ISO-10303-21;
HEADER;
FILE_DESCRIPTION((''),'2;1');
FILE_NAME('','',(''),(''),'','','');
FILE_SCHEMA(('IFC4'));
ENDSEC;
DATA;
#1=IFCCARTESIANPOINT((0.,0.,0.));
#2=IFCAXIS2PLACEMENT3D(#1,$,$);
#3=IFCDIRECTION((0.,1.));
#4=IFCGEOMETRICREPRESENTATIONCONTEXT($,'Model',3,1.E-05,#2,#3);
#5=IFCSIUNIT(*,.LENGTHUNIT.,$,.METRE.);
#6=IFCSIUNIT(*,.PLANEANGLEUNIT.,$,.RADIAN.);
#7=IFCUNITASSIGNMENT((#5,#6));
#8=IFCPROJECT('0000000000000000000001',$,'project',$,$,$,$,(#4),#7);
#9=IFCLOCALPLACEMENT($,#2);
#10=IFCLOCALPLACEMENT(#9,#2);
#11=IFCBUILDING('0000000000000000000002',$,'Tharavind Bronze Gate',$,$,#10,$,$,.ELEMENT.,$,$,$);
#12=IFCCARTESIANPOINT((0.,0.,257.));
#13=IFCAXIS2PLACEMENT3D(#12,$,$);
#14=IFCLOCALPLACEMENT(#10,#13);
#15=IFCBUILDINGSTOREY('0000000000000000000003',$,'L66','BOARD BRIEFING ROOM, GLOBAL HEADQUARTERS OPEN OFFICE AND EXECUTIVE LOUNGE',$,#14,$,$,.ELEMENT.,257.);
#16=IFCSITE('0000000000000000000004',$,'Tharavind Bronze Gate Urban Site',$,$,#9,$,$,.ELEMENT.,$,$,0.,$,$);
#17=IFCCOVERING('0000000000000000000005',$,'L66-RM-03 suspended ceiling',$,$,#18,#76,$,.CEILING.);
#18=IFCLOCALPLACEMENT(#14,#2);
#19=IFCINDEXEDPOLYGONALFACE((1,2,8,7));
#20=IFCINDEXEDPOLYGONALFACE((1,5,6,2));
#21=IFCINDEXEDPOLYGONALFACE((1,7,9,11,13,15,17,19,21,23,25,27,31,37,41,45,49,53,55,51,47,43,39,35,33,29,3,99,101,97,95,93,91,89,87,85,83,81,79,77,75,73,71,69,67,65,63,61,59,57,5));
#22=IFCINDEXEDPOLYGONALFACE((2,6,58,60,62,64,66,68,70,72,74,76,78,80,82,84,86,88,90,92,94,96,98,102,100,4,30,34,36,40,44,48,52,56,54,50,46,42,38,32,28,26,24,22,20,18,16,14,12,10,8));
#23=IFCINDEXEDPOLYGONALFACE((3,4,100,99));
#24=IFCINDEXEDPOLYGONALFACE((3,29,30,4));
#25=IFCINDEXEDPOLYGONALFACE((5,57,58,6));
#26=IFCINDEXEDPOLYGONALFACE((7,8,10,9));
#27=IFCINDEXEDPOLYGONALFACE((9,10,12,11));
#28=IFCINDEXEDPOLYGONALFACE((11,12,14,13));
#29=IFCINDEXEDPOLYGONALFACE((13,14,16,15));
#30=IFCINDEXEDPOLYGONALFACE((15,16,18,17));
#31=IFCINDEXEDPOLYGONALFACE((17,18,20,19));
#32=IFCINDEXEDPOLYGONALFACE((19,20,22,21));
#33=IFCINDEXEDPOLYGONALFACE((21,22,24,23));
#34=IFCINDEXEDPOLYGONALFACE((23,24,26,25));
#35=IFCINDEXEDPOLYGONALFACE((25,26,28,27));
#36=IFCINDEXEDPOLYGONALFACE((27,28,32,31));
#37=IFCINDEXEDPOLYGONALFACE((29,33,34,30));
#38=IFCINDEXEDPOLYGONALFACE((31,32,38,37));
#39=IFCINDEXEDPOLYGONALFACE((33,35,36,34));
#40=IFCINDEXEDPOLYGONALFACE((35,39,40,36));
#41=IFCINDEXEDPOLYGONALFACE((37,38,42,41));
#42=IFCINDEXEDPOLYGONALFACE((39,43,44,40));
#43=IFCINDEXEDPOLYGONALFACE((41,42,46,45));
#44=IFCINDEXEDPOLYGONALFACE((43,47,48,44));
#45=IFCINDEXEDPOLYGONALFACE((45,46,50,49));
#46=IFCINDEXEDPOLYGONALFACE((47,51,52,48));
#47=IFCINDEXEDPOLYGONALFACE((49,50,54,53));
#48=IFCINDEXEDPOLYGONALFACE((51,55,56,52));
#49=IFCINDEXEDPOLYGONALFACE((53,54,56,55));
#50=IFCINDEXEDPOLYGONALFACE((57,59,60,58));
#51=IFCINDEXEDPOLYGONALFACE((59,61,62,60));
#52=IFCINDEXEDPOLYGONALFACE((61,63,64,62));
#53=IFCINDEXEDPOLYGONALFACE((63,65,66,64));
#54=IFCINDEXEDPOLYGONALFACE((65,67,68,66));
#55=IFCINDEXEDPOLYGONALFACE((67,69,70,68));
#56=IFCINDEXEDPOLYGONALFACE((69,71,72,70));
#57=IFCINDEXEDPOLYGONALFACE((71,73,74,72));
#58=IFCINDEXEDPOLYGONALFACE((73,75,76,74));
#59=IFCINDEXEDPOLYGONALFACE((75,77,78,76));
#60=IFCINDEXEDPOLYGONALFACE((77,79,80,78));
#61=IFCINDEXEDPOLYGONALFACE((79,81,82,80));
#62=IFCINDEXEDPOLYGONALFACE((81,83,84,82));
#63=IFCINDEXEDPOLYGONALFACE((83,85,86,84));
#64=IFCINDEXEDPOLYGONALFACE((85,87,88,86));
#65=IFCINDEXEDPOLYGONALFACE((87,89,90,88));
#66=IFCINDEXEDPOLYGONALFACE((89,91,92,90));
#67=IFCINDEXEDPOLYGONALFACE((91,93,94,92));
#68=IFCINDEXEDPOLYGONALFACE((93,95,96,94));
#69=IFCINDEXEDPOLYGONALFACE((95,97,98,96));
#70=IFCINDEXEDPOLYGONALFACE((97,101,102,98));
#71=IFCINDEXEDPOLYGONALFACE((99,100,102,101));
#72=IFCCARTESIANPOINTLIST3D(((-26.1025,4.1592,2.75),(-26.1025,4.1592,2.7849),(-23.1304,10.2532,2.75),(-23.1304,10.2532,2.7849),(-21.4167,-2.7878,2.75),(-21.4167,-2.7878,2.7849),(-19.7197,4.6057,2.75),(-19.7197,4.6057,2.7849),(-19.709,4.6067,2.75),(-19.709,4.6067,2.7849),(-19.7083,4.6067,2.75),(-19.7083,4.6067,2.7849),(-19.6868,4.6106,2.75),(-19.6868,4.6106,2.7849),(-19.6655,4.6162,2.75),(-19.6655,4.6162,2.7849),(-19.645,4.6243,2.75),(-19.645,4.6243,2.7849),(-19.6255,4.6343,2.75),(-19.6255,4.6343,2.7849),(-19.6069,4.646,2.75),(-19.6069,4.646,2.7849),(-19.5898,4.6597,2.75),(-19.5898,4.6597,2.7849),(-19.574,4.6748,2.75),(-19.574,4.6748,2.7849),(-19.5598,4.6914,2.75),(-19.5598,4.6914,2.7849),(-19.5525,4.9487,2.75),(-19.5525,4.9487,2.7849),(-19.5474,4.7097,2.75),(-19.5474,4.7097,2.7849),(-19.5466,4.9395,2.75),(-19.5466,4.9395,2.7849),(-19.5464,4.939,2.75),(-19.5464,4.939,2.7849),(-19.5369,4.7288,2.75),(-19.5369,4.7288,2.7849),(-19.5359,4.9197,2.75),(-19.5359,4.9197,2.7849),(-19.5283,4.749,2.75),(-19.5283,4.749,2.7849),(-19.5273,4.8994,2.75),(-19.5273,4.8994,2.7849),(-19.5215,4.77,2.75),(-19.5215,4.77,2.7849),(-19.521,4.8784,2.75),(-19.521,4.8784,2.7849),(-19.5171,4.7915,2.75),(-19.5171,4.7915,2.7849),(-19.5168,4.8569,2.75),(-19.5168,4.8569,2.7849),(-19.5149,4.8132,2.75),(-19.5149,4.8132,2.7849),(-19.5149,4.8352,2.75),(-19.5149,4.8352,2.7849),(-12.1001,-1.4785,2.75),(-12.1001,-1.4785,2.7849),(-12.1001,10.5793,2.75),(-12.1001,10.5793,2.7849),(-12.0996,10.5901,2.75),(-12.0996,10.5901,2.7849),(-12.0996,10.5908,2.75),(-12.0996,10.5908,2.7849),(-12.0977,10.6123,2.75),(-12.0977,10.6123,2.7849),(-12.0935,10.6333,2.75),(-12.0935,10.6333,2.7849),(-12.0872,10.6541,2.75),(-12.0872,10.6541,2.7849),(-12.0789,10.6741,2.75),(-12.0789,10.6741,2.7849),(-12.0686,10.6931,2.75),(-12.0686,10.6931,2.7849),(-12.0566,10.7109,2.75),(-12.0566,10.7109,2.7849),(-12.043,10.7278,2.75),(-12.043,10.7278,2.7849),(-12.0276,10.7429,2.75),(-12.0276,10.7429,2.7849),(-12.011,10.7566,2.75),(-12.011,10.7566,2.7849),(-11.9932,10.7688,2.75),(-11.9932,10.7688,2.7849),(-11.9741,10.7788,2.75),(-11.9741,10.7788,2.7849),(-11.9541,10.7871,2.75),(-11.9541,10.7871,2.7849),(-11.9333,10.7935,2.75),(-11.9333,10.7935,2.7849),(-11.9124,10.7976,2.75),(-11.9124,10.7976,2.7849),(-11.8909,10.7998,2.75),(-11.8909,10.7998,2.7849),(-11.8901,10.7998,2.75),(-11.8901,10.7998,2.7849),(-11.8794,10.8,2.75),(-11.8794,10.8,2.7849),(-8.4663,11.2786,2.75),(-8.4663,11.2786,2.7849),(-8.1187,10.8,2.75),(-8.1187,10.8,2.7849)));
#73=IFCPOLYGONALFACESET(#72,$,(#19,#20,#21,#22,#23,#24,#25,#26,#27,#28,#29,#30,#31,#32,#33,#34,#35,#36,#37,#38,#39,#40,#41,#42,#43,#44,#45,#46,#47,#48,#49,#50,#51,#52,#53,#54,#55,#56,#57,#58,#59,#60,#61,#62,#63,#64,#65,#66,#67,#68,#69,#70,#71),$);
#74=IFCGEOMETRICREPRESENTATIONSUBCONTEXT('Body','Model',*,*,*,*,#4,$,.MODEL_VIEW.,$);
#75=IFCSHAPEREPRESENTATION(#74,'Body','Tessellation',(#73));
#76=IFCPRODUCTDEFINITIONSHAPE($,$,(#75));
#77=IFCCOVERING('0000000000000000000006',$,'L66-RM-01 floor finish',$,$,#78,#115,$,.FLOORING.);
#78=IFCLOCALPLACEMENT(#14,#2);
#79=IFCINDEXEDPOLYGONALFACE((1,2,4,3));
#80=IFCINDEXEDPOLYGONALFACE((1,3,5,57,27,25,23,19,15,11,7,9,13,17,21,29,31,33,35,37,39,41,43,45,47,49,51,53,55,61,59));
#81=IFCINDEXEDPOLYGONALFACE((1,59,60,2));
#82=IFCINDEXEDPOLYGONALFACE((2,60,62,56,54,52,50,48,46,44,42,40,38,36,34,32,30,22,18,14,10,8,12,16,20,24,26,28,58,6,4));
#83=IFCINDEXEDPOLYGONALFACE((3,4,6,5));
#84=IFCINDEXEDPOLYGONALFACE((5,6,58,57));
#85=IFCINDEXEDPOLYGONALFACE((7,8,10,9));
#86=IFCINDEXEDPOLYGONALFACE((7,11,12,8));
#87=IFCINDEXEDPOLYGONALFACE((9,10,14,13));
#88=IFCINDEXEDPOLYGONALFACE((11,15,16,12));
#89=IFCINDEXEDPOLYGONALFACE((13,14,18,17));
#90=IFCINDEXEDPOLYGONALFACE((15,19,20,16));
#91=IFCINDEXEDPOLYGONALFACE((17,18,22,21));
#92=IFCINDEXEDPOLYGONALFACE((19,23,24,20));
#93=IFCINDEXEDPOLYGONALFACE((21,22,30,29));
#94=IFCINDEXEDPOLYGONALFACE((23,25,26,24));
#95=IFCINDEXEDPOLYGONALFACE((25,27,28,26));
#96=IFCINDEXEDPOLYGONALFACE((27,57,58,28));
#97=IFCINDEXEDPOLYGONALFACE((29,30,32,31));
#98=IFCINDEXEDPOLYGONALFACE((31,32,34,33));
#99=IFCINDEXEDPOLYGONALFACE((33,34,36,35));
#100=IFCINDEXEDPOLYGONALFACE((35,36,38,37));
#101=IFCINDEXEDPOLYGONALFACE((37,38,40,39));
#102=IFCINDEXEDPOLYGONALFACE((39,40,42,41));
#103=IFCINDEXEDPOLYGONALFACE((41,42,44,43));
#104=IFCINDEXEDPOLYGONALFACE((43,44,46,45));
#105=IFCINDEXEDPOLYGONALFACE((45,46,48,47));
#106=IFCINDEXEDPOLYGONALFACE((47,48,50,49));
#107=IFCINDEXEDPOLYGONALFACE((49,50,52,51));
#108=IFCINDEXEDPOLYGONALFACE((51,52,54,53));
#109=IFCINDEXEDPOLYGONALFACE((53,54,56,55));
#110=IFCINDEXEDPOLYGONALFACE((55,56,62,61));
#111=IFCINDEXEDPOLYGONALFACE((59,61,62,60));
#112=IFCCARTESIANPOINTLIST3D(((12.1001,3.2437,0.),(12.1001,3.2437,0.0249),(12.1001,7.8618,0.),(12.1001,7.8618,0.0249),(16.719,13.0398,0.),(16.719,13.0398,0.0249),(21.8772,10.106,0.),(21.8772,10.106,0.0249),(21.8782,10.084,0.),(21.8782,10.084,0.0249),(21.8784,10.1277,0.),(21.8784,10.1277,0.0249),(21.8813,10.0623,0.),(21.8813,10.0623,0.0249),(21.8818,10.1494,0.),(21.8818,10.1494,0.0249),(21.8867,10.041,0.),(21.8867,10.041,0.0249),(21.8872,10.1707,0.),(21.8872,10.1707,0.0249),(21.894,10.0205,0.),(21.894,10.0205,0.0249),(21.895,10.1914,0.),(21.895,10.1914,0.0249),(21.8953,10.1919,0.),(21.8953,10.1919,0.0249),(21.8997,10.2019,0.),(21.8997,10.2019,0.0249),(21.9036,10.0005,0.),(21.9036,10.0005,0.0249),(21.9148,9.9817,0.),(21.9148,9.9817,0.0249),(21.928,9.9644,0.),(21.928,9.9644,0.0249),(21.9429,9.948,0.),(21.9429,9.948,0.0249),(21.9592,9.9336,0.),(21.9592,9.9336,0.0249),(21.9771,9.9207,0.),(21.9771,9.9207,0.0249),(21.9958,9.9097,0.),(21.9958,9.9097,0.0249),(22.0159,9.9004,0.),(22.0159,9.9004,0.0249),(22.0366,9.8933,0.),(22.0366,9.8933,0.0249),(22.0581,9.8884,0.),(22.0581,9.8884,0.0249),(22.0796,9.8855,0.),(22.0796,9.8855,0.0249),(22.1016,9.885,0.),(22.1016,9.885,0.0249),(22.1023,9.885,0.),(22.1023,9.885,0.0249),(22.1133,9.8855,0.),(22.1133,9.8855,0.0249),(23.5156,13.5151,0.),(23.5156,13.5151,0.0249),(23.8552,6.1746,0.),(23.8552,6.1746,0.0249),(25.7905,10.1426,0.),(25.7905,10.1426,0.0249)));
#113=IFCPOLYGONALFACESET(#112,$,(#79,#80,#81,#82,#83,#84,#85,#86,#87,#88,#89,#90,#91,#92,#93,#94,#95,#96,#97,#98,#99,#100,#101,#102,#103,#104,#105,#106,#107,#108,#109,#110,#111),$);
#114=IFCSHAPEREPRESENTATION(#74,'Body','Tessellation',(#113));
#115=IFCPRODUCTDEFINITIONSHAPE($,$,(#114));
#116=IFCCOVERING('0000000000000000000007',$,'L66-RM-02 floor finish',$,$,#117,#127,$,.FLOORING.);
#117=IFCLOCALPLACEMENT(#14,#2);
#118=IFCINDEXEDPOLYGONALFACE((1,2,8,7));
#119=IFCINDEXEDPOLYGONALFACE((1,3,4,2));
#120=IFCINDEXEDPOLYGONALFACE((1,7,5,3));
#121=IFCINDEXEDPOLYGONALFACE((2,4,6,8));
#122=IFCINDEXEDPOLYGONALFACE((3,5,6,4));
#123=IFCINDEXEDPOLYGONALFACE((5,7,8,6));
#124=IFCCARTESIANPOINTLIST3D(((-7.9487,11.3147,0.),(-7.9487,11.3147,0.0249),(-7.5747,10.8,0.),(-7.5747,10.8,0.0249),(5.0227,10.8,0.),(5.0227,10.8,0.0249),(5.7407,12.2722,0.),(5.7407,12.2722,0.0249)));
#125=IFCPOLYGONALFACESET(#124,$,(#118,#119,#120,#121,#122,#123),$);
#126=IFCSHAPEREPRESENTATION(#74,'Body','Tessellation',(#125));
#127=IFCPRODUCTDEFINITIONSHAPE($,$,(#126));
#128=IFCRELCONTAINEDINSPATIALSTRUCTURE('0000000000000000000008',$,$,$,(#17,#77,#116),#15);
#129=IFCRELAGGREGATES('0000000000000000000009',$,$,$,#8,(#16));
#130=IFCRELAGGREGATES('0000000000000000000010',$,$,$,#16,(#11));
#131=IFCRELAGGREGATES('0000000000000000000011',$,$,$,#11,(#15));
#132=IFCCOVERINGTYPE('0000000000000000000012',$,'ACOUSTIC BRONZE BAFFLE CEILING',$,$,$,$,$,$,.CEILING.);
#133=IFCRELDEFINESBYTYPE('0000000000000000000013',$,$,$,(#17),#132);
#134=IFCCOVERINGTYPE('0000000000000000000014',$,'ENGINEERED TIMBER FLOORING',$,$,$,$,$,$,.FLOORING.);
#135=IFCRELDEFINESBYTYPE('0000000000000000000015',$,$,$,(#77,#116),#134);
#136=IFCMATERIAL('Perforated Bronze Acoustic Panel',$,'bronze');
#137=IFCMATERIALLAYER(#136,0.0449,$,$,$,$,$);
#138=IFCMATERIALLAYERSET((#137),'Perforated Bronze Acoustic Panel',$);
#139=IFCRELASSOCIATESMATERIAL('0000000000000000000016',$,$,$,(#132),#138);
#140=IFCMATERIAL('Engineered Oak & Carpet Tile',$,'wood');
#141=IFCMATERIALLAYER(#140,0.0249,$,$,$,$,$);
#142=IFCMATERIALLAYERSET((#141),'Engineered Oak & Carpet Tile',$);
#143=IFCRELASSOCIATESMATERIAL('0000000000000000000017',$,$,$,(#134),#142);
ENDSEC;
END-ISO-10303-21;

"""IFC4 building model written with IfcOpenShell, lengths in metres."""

from ifc_helpers import new_model, si_unit, direction, frame, origin, place, context, subcontext, project, spatial, polyline, outline, extrude, material, layer, layer_set, type_object, element, save


model = new_model("IFC4")

# Units and contexts
model_context = context("Model", 3, precision=1e-05, world=origin(), true_north=direction((0.0, 1.0)))
body_context = subcontext(model_context, "Body", "Model", "MODEL_VIEW")
ifc_project = project(units=[si_unit("LENGTHUNIT", "METRE"), si_unit("PLANEANGLEUNIT", "RADIAN")], contexts=[model_context])

# Site, building, storey
site_placement = place(None, origin())
site = spatial("IfcSite", under=ifc_project, at=site_placement, Name="Tharavind Bronze Gate Urban Site", CompositionType="ELEMENT", RefElevation=0.0)
building_placement = place(site_placement, origin())
building = spatial("IfcBuilding", under=site, at=building_placement, Name="Tharavind Bronze Gate", CompositionType="ELEMENT")
storey_placement = place(building_placement, frame((0.0, 0.0, 257.0)))
storey = spatial("IfcBuildingStorey", under=building, at=storey_placement, Name="L66", Description="BOARD BRIEFING ROOM, GLOBAL HEADQUARTERS OPEN OFFICE AND EXECUTIVE LOUNGE", CompositionType="ELEMENT", Elevation=257.0)

# Coverings
ifc_material_1 = material(Name="Perforated Bronze Acoustic Panel", Category="bronze")
ifc_layer_1 = layer(ifc_material_1, 0.0449)
ifc_layer_set_1 = layer_set([ifc_layer_1], Name="Perforated Bronze Acoustic Panel")
covering_type_1 = type_object("IfcCoveringType", Name="ACOUSTIC BRONZE BAFFLE CEILING", PredefinedType="CEILING", material=ifc_layer_set_1)
covering_1_placement = place(storey_placement, frame((0.0, 0.0, 2.75)))
element("IfcCovering", 1, at=covering_1_placement, inside=storey, type_object=covering_type_1, Name="L66-RM-03 suspended ceiling", PredefinedType="CEILING", context=body_context, shape_type="SweptSolid", body=[
    extrude(outline(polyline([(-21.4167, -2.7878), (-12.1001, -1.4785), (-12.1001, 10.5793), (-12.0996, 10.5901), (-12.0996, 10.5908), (-12.0977, 10.6123), (-12.0935, 10.6333), (-12.0872, 10.6541), (-12.0789, 10.6741), (-12.0686, 10.6931), (-12.0566, 10.7109), (-12.043, 10.7278), (-12.0276, 10.7429), (-12.011, 10.7566), (-11.9932, 10.7688), (-11.9741, 10.7788), (-11.9541, 10.7871), (-11.9333, 10.7935), (-11.9124, 10.7976), (-11.8909, 10.7998), (-11.8901, 10.7998), (-11.8794, 10.8), (-8.1187, 10.8), (-8.4663, 11.2786), (-23.1304, 10.2532), (-19.5525, 4.9487), (-19.5466, 4.9395), (-19.5464, 4.939), (-19.5359, 4.9197), (-19.5273, 4.8994), (-19.521, 4.8784), (-19.5168, 4.8569), (-19.5149, 4.8352), (-19.5149, 4.8132), (-19.5171, 4.7915), (-19.5215, 4.77), (-19.5283, 4.749), (-19.5369, 4.7288), (-19.5474, 4.7097), (-19.5598, 4.6914), (-19.574, 4.6748), (-19.5898, 4.6597), (-19.6069, 4.646), (-19.6255, 4.6343), (-19.645, 4.6243), (-19.6655, 4.6162), (-19.6868, 4.6106), (-19.7083, 4.6067), (-19.709, 4.6067), (-19.7197, 4.6057), (-26.1025, 4.1592), (-21.4167, -2.7878)])), origin(), (0.0, 0.0, 1.0), 0.0349),
])
ifc_material_2 = material(Name="Engineered Oak & Carpet Tile", Category="wood")
ifc_layer_2 = layer(ifc_material_2, 0.0249)
ifc_layer_set_2 = layer_set([ifc_layer_2], Name="Engineered Oak & Carpet Tile")
covering_type_2 = type_object("IfcCoveringType", Name="ENGINEERED TIMBER FLOORING", PredefinedType="FLOORING", material=ifc_layer_set_2)
covering_2_placement = place(storey_placement, origin())
element("IfcCovering", 2, at=covering_2_placement, inside=storey, type_object=covering_type_2, Name="L66-RM-01 floor finish", PredefinedType="FLOORING", context=body_context, shape_type="SweptSolid", body=[
    extrude(outline(polyline([(23.8552, 6.1746), (25.7905, 10.1426), (22.1133, 9.8855), (22.1023, 9.885), (22.1016, 9.885), (22.0796, 9.8855), (22.0581, 9.8884), (22.0366, 9.8933), (22.0159, 9.9004), (21.9958, 9.9097), (21.9771, 9.9207), (21.9592, 9.9336), (21.9429, 9.948), (21.928, 9.9644), (21.9148, 9.9817), (21.9036, 10.0005), (21.894, 10.0205), (21.8867, 10.041), (21.8813, 10.0623), (21.8782, 10.084), (21.8772, 10.106), (21.8784, 10.1277), (21.8818, 10.1494), (21.8872, 10.1707), (21.895, 10.1914), (21.8953, 10.1919), (21.8997, 10.2019), (23.5156, 13.5151), (16.719, 13.0398), (12.1001, 7.8618), (12.1001, 3.2437), (23.8552, 6.1746)])), origin(), (0.0, 0.0, 1.0), 0.0249),
])
covering_3_placement = place(storey_placement, origin())
element("IfcCovering", 3, at=covering_3_placement, inside=storey, type_object=covering_type_2, Name="L66-RM-02 floor finish", PredefinedType="FLOORING", context=body_context, shape_type="SweptSolid", body=[
    extrude(outline(polyline([(-7.5747, 10.8), (5.0227, 10.8), (5.7407, 12.2722), (-7.9487, 11.3147), (-7.5747, 10.8)])), origin(), (0.0, 0.0, 1.0), 0.0249),
])

save(model, "model.ifc")
